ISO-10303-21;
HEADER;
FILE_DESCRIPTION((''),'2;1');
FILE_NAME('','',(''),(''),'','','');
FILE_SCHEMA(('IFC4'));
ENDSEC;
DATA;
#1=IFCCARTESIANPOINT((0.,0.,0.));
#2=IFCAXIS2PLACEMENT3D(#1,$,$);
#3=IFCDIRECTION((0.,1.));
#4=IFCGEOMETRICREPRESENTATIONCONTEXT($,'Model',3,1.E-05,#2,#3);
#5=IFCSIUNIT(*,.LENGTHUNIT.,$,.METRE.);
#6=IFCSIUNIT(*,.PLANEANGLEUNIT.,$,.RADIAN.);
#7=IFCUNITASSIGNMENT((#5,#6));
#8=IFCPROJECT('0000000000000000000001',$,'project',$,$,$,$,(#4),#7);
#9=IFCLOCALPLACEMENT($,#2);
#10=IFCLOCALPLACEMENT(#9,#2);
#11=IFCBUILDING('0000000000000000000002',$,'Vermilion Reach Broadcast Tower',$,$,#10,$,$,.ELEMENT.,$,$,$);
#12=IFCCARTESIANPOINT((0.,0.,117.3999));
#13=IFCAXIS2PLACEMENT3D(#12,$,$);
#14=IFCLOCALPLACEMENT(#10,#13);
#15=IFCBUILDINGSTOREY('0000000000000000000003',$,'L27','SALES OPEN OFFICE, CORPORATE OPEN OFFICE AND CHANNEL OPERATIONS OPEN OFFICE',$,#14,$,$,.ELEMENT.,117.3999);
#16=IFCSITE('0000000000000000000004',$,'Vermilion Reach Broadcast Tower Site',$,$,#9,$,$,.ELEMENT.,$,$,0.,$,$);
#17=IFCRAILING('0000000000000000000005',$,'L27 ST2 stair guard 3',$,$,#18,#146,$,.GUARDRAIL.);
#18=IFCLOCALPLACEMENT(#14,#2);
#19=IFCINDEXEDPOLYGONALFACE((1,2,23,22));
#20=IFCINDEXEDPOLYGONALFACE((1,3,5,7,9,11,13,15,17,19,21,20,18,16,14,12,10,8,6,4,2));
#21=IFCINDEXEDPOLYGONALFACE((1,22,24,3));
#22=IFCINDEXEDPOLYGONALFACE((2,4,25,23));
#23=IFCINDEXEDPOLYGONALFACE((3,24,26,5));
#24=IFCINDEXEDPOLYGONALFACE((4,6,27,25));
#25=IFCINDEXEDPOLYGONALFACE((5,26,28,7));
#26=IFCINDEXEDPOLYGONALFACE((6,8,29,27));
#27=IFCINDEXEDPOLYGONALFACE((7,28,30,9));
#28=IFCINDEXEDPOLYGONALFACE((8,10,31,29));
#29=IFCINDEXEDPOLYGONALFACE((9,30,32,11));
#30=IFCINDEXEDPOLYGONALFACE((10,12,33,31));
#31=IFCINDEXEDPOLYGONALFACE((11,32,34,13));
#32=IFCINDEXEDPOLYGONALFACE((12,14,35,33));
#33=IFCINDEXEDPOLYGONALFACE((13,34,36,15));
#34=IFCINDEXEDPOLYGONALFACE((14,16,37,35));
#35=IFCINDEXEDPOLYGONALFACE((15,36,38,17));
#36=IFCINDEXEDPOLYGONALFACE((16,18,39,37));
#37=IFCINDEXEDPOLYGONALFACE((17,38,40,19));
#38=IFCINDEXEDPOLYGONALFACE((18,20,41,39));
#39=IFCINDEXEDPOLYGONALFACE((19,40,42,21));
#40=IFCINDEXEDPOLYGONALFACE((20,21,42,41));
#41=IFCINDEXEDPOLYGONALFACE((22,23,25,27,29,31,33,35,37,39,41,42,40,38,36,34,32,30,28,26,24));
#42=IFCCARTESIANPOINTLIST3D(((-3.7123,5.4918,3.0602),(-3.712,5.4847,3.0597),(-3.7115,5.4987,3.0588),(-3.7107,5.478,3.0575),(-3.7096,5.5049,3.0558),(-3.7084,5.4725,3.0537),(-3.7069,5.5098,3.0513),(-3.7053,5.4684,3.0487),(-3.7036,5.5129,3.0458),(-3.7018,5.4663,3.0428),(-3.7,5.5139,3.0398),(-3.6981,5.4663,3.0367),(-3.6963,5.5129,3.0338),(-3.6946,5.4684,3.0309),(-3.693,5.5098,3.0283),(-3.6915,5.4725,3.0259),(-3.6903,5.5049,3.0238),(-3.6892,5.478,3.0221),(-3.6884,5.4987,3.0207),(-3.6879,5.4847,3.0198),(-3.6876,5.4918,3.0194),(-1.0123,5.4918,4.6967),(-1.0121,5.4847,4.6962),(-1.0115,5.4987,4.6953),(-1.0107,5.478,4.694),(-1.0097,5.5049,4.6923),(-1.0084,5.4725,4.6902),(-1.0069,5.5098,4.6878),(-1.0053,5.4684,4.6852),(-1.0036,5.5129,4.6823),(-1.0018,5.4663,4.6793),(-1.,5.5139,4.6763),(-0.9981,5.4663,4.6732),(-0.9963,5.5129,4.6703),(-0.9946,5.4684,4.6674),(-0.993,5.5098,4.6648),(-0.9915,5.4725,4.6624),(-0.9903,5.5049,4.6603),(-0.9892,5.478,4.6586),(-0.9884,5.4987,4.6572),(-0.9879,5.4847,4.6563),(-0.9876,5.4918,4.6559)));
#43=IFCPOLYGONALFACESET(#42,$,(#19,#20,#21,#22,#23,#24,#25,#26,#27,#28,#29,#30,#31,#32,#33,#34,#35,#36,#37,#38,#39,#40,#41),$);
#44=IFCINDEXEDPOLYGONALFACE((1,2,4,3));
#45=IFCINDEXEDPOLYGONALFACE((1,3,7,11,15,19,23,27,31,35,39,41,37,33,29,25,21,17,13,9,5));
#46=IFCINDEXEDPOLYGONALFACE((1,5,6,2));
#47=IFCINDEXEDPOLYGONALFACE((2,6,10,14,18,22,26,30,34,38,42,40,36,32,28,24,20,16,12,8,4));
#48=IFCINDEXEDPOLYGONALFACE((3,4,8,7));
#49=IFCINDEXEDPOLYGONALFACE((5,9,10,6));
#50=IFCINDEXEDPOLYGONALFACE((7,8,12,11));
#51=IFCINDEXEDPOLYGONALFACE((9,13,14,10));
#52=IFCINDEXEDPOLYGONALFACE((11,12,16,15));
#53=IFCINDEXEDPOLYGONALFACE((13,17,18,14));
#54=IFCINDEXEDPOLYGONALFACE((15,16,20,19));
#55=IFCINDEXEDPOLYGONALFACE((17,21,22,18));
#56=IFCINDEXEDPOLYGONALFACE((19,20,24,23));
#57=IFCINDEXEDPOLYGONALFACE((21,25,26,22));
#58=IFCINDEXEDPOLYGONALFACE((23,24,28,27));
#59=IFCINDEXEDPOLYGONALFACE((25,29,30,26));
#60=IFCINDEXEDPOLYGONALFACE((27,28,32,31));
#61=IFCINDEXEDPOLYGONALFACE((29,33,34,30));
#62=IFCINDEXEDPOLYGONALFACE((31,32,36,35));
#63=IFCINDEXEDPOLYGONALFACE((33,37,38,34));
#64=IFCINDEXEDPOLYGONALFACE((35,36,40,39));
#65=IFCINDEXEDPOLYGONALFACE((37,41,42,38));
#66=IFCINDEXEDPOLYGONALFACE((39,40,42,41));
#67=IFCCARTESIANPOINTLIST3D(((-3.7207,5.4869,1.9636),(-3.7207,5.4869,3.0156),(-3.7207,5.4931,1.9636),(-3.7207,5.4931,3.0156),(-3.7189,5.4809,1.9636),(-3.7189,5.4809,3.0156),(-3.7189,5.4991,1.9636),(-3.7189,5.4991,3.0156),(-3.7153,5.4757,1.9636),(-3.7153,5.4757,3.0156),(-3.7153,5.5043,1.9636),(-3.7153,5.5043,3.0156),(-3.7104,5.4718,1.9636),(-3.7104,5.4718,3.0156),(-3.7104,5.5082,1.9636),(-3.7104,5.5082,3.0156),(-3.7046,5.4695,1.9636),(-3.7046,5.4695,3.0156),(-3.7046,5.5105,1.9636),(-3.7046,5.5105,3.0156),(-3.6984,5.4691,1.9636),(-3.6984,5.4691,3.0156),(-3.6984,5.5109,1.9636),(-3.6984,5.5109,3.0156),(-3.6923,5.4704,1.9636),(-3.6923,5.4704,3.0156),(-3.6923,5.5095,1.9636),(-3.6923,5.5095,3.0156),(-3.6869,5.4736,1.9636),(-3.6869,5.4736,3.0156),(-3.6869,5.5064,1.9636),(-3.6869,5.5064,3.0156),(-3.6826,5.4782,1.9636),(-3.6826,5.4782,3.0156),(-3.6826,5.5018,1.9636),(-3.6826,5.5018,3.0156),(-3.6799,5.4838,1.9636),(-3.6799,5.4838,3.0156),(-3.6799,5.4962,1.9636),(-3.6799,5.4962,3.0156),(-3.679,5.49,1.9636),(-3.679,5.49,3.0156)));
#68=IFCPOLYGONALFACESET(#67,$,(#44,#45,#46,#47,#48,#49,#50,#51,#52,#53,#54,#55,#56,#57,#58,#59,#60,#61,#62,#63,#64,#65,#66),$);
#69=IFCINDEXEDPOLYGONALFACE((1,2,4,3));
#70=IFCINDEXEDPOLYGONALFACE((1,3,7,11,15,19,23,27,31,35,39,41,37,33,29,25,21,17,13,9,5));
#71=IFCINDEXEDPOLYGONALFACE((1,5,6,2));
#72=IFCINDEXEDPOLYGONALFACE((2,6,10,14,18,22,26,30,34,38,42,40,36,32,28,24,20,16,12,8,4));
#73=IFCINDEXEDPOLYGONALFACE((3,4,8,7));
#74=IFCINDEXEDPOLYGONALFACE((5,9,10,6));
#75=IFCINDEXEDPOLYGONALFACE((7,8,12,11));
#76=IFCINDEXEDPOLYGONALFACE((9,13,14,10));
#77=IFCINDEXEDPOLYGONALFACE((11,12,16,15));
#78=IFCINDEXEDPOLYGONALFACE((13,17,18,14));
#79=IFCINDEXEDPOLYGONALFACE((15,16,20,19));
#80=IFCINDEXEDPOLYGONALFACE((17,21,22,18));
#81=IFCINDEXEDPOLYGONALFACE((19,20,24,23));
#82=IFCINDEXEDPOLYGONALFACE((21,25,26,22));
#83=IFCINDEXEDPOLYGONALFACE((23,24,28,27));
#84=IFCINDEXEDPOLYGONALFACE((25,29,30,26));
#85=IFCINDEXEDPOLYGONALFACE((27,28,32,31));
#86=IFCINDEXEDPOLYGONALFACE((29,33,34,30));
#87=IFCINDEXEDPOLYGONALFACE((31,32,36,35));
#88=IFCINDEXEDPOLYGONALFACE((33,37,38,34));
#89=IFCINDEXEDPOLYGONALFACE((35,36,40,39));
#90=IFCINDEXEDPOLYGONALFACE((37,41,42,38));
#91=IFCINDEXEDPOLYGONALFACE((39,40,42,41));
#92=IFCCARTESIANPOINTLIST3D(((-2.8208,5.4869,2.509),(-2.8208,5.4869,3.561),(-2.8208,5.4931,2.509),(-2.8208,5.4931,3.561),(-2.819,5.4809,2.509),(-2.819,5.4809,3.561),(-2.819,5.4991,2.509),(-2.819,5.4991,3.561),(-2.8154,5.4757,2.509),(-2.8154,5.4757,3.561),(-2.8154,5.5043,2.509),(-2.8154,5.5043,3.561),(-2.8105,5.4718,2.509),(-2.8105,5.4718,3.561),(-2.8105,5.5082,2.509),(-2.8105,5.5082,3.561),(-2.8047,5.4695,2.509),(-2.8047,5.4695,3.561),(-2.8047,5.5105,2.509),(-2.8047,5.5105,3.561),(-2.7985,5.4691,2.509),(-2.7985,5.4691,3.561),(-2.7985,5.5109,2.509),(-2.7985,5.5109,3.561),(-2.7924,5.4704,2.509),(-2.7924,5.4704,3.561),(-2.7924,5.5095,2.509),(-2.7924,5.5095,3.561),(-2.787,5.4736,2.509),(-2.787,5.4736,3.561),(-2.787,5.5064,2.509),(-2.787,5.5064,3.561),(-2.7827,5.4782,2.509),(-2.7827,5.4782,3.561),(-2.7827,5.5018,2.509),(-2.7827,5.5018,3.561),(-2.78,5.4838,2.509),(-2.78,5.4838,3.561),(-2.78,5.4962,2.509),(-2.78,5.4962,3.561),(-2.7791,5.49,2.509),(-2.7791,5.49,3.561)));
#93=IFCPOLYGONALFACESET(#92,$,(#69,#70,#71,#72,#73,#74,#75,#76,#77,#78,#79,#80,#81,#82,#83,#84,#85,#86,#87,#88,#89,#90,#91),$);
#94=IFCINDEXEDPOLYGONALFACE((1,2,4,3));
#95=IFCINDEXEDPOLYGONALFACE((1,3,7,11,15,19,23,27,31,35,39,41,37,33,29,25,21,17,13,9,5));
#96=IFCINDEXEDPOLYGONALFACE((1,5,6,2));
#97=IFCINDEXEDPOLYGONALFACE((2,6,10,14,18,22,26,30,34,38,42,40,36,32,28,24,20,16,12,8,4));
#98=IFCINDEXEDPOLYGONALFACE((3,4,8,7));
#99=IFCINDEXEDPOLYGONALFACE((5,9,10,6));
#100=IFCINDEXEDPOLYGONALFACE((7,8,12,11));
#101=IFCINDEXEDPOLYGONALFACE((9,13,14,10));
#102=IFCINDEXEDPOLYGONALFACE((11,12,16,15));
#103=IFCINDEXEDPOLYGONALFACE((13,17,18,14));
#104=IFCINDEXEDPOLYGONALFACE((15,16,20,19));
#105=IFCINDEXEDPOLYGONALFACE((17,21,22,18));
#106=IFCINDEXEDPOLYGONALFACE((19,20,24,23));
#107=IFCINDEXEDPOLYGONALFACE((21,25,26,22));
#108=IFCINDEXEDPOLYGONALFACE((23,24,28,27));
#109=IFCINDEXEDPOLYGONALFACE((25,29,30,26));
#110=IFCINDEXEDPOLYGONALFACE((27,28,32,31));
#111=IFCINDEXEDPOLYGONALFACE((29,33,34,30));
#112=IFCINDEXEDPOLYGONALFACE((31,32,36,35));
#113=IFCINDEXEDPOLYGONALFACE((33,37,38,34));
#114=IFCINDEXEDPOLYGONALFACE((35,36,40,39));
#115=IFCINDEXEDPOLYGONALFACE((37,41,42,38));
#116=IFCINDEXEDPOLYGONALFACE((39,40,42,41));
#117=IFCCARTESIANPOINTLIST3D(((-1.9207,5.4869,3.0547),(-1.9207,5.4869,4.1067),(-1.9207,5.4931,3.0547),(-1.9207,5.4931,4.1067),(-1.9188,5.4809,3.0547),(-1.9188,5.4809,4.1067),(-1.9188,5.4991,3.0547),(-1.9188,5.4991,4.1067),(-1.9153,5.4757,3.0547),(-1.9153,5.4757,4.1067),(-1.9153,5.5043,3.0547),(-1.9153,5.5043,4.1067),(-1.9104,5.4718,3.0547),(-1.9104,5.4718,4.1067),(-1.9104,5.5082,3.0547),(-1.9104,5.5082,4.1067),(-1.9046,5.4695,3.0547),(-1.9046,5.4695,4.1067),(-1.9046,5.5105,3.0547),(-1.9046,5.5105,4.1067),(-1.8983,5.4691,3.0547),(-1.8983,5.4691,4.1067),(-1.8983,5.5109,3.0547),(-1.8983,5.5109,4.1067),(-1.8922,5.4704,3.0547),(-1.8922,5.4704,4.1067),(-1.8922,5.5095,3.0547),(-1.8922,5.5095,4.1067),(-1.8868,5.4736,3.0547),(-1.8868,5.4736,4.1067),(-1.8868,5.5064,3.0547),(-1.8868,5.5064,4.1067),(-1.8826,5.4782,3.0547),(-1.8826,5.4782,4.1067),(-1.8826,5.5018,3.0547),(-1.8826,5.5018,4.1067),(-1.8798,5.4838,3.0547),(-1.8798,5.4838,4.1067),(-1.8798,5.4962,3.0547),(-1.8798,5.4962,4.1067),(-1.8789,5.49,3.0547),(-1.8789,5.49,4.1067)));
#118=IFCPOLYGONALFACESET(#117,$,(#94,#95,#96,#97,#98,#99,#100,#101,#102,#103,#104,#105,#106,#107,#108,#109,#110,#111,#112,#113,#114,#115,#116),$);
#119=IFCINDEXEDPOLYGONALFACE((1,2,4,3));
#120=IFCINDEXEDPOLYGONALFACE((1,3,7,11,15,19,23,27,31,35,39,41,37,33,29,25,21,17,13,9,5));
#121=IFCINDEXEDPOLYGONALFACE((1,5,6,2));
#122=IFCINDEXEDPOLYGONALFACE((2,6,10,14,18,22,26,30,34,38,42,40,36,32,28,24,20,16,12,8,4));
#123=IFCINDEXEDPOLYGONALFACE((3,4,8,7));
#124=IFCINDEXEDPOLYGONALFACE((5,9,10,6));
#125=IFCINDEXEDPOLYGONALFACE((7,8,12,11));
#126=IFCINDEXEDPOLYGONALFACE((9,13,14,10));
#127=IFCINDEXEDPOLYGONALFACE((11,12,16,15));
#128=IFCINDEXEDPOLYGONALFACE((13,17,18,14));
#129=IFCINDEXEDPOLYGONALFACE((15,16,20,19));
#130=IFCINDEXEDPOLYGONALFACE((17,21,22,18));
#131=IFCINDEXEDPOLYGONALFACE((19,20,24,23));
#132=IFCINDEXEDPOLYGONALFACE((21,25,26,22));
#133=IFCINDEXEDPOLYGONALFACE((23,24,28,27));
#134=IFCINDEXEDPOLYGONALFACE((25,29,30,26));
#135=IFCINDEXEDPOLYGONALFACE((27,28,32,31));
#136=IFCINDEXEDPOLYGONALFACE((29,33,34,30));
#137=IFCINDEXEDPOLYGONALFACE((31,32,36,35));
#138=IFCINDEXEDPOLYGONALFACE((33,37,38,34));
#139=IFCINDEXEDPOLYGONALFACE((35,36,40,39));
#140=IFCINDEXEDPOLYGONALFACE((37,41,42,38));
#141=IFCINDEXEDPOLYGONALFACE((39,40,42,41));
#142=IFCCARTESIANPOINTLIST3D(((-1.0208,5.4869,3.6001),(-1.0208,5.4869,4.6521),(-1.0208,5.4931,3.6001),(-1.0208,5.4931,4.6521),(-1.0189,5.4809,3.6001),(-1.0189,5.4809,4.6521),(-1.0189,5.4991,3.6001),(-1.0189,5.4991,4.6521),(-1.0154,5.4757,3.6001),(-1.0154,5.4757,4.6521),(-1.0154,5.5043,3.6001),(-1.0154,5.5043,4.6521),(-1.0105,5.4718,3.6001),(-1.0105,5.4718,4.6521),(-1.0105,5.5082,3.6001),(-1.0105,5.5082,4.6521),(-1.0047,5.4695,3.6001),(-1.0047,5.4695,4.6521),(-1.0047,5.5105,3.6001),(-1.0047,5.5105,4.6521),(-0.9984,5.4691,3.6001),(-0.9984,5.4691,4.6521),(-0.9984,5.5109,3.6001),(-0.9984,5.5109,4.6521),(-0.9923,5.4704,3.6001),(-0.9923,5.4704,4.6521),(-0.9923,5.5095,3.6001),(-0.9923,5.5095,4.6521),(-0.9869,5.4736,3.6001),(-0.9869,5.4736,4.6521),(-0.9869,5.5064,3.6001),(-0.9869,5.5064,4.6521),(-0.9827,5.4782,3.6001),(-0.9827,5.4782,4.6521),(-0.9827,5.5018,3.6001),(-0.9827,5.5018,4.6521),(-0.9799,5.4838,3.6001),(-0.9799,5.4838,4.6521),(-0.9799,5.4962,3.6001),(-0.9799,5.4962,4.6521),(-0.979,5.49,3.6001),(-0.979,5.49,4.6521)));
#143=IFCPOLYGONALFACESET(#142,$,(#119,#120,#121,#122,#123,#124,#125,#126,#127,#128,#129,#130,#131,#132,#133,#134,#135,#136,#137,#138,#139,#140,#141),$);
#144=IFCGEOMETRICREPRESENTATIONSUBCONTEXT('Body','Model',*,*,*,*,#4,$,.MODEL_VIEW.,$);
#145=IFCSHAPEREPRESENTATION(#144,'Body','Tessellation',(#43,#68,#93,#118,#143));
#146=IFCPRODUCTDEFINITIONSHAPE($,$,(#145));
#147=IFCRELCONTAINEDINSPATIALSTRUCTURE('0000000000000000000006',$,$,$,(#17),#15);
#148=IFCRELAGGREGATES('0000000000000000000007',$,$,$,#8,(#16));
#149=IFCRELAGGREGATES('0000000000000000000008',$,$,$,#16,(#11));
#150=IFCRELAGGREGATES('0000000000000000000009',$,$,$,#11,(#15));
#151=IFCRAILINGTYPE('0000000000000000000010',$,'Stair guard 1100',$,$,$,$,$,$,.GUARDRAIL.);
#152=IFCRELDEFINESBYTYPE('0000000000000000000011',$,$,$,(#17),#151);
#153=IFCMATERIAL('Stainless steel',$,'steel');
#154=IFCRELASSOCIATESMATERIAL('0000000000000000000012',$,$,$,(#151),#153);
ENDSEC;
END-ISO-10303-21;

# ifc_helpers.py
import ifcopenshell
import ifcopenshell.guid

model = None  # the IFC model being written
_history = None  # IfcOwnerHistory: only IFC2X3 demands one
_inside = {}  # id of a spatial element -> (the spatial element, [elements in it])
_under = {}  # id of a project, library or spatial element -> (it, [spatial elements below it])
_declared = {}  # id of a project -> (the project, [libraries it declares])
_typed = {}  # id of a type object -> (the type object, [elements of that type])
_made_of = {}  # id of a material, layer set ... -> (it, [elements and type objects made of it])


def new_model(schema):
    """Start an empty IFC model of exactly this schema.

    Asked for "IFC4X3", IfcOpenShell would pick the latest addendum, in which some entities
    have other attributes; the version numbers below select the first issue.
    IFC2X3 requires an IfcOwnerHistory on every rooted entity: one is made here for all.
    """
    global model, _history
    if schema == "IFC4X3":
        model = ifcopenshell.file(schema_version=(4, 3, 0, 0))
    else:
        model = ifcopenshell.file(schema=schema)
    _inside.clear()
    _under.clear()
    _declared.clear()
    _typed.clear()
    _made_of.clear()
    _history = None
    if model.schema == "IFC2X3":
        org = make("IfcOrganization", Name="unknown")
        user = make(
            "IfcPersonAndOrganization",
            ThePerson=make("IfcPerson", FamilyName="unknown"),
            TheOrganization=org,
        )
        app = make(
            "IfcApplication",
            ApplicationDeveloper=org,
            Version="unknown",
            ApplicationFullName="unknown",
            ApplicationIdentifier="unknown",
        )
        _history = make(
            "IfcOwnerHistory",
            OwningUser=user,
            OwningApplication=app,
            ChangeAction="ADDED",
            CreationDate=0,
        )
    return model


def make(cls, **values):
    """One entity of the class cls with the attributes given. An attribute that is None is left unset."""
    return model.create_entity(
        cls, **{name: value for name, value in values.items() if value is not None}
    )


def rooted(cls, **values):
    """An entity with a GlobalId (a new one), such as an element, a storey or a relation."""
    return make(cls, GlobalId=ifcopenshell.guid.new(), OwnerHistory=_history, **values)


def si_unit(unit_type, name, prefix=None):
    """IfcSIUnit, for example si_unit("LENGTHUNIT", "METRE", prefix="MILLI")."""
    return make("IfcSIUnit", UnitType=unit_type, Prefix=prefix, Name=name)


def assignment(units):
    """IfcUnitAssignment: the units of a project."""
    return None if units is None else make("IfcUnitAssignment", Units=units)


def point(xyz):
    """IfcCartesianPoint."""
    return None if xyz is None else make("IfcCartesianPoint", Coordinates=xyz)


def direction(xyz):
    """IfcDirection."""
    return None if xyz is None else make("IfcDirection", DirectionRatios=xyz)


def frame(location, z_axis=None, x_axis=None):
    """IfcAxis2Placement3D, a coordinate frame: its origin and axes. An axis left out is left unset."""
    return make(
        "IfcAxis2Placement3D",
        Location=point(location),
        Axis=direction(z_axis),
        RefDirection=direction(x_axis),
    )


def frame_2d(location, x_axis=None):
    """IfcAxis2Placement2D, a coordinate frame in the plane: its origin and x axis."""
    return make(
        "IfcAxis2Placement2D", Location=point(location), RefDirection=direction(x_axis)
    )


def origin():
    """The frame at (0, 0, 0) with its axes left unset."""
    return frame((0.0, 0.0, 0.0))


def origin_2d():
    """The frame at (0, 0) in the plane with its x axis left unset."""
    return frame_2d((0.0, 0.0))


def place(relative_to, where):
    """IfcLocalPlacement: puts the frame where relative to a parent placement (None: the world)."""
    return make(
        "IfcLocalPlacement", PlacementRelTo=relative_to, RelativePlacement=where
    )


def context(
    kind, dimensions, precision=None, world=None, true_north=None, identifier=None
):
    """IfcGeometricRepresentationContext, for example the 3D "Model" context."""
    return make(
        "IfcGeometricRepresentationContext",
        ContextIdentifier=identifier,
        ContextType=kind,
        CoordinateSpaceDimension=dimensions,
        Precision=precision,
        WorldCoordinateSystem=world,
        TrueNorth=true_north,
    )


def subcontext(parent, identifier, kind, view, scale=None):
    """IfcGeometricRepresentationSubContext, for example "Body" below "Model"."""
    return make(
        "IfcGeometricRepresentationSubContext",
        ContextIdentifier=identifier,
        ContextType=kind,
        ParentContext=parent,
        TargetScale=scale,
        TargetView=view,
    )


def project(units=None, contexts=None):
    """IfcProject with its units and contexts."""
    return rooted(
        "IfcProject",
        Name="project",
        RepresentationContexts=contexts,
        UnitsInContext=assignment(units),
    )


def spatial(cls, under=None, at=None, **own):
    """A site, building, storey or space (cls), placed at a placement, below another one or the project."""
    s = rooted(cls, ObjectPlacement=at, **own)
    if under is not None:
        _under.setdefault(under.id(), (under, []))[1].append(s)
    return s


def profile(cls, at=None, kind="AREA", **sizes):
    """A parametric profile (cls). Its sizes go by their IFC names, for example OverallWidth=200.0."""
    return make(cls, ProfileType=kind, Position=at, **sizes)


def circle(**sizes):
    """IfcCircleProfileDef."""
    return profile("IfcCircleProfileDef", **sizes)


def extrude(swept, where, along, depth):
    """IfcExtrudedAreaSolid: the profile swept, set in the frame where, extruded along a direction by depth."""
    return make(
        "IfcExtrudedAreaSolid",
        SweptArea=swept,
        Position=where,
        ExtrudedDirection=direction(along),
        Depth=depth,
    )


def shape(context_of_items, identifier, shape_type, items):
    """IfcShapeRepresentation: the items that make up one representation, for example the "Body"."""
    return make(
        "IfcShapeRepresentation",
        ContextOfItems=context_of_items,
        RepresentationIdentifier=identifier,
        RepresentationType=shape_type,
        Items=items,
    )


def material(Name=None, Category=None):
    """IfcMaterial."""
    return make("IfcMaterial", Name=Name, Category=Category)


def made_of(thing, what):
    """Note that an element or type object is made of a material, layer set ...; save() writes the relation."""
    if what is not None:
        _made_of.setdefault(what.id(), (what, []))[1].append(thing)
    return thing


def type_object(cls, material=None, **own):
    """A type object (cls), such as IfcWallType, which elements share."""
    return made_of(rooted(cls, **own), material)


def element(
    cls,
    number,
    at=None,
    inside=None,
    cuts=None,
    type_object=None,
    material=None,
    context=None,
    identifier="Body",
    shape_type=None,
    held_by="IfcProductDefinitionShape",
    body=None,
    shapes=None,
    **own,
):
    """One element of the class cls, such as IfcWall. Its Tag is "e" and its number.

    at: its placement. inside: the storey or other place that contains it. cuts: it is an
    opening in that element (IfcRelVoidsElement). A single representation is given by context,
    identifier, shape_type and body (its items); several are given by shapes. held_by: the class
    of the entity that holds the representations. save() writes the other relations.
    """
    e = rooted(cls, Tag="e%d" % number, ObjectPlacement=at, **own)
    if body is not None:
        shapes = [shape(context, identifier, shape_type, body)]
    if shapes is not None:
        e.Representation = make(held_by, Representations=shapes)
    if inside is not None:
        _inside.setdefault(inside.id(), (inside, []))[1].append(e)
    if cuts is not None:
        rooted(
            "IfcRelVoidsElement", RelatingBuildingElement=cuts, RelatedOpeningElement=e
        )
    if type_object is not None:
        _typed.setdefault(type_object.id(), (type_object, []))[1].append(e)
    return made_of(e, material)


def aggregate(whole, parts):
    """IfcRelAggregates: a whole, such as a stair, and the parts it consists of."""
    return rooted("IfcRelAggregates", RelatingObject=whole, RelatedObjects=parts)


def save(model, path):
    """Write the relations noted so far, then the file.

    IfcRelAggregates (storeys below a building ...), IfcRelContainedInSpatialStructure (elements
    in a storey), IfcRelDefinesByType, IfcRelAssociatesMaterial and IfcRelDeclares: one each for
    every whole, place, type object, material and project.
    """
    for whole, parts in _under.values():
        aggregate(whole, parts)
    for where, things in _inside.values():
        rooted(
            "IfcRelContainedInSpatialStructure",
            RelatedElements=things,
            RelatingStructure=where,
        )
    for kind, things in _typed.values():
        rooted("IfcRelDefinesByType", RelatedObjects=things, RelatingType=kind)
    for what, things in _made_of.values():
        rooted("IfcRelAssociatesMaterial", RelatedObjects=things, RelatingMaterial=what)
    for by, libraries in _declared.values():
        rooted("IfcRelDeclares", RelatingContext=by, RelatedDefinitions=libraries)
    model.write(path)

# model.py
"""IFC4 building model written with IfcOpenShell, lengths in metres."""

from ifc_helpers import new_model, si_unit, direction, frame, origin, origin_2d, place, context, subcontext, project, spatial, circle, extrude, material, type_object, element, save


model = new_model("IFC4")

# Units and contexts
model_context = context("Model", 3, precision=1e-05, world=origin(), true_north=direction((0.0, 1.0)))
body_context = subcontext(model_context, "Body", "Model", "MODEL_VIEW")
ifc_project = project(units=[si_unit("LENGTHUNIT", "METRE"), si_unit("PLANEANGLEUNIT", "RADIAN")], contexts=[model_context])

# Site, building, storey
site_placement = place(None, origin())
site = spatial("IfcSite", under=ifc_project, at=site_placement, Name="Vermilion Reach Broadcast Tower Site", CompositionType="ELEMENT", RefElevation=0.0)
building_placement = place(site_placement, origin())
building = spatial("IfcBuilding", under=site, at=building_placement, Name="Vermilion Reach Broadcast Tower", CompositionType="ELEMENT")
storey_placement = place(building_placement, frame((0.0, 0.0, 117.3999)))
storey = spatial("IfcBuildingStorey", under=building, at=storey_placement, Name="L27", Description="SALES OPEN OFFICE, CORPORATE OPEN OFFICE AND CHANNEL OPERATIONS OPEN OFFICE", CompositionType="ELEMENT", Elevation=117.3999)

# Railing
ifc_material_1 = material(Name="Stainless steel", Category="steel")
railing_type_1 = type_object("IfcRailingType", Name="Stair guard 1100", PredefinedType="GUARDRAIL", material=ifc_material_1)
railing_1_placement = place(storey_placement, frame((-3.7, 5.49, 1.9636)))
element("IfcRailing", 1, at=railing_1_placement, inside=storey, type_object=railing_type_1, Name="L27 ST2 stair guard 3", PredefinedType="GUARDRAIL", context=body_context, shape_type="SweptSolid", body=[
    extrude(circle(Radius=0.0239, at=origin_2d()), frame((0.0, 0.0, 1.0762), z_axis=(0.855178, 0.0, 0.518334), x_axis=(0.0, 1.0, 0.0)), (0.0, 0.0, 1.0), 3.1572),
    extrude(circle(Radius=0.021, at=origin_2d()), origin(), (0.0, 0.0, 1.0), 1.052),
    extrude(circle(Radius=0.021, at=origin_2d()), frame((0.8999, 0.0, 0.5454)), (0.0, 0.0, 1.0), 1.052),
    extrude(circle(Radius=0.021, at=origin_2d()), frame((1.8, 0.0, 1.0911)), (0.0, 0.0, 1.0), 1.052),
    extrude(circle(Radius=0.021, at=origin_2d()), frame((2.7, 0.0, 1.6365)), (0.0, 0.0, 1.0), 1.052),
])

save(model, "model.ifc")
